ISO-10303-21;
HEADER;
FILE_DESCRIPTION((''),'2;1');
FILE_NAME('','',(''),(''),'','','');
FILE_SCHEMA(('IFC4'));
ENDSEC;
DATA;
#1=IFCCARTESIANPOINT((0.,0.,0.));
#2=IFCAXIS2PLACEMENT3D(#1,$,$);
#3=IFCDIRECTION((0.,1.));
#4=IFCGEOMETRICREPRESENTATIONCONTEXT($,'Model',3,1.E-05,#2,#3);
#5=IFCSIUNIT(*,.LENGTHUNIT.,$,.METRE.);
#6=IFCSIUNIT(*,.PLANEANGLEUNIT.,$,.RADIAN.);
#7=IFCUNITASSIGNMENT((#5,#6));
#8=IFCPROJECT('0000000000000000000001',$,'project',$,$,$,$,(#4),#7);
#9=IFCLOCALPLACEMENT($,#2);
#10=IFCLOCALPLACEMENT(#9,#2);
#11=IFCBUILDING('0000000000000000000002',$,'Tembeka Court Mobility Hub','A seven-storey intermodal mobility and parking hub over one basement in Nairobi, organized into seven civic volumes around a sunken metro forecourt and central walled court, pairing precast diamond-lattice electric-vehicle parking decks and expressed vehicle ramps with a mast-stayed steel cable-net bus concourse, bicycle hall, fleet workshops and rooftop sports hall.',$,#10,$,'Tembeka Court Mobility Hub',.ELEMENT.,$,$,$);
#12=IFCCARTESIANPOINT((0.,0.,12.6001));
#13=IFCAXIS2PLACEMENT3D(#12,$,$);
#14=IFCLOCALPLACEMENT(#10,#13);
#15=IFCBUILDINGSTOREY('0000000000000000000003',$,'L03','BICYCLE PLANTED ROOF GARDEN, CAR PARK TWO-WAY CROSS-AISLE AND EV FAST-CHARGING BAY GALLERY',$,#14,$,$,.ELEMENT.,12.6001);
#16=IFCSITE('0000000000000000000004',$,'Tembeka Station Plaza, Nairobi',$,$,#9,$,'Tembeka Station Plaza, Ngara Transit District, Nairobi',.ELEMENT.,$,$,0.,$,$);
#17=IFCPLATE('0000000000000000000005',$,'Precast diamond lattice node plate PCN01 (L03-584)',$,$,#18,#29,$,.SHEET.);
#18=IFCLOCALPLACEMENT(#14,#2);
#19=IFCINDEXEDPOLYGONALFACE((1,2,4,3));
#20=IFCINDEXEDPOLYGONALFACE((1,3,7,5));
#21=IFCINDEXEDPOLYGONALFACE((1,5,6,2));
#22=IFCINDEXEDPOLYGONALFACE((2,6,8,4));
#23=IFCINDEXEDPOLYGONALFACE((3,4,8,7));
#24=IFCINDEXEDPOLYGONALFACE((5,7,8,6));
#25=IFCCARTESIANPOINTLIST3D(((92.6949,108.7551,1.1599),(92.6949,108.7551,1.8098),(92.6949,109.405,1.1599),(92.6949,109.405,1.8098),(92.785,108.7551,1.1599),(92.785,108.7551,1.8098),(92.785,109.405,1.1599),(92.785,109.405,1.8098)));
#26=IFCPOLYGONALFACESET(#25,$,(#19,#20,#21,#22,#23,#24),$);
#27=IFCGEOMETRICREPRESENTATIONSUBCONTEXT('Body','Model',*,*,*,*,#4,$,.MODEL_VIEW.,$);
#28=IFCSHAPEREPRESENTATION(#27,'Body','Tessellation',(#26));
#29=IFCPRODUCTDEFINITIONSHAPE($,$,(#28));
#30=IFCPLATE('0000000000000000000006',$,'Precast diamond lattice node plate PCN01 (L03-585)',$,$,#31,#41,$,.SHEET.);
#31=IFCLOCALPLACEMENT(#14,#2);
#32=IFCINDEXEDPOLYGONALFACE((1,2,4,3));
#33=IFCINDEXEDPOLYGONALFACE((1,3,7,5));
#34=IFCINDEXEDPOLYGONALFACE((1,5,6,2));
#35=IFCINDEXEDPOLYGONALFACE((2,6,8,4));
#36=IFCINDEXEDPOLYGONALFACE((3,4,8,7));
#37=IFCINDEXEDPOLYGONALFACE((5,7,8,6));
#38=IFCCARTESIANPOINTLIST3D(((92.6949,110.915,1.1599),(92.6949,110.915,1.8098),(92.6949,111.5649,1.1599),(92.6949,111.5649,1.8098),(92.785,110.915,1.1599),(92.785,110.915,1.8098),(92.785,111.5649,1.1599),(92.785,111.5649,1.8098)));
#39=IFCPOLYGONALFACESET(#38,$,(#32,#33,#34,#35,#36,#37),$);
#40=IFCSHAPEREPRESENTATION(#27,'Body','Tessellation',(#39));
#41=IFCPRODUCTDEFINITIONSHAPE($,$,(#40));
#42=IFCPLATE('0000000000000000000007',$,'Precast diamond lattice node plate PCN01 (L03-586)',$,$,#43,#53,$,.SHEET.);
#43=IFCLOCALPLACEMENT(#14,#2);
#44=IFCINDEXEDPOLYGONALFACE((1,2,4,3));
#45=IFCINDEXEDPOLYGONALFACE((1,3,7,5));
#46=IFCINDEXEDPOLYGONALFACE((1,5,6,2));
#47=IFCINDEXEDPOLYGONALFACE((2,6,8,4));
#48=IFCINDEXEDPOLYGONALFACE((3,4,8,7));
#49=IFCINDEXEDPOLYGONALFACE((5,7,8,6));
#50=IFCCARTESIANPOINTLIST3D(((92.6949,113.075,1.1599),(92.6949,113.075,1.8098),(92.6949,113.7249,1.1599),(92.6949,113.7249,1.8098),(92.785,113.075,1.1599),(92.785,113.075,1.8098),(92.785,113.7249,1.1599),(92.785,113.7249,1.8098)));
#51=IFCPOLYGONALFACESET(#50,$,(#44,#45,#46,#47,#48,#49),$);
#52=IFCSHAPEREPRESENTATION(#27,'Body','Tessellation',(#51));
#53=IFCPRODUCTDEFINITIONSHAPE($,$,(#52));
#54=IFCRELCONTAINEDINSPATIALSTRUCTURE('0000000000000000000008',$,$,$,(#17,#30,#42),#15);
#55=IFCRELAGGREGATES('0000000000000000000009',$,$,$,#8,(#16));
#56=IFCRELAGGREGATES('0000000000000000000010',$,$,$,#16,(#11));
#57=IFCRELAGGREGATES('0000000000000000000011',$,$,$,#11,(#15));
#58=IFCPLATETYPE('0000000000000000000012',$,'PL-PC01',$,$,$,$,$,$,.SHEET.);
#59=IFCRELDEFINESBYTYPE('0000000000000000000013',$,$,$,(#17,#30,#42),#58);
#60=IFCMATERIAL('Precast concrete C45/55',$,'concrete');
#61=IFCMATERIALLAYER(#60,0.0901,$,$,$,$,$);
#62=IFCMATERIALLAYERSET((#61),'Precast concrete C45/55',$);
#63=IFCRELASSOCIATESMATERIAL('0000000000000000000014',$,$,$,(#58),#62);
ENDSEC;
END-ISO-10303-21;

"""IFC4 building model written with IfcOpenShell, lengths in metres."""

from ifc_helpers import new_model, si_unit, direction, frame, origin, origin_2d, place, context, subcontext, project, spatial, rectangle, extrude, material, layer, layer_set, type_object, element, save


model = new_model("IFC4")

# Units and contexts
model_context = context("Model", 3, precision=1e-05, world=origin(), true_north=direction((0.0, 1.0)))
body_context = subcontext(model_context, "Body", "Model", "MODEL_VIEW")
ifc_project = project(units=[si_unit("LENGTHUNIT", "METRE"), si_unit("PLANEANGLEUNIT", "RADIAN")], contexts=[model_context])

# Site, building, storey
site_placement = place(None, origin())
site = spatial("IfcSite", under=ifc_project, at=site_placement, Name="Tembeka Station Plaza, Nairobi", LongName="Tembeka Station Plaza, Ngara Transit District, Nairobi", CompositionType="ELEMENT", RefElevation=0.0)
building_placement = place(site_placement, origin())
building = spatial("IfcBuilding", under=site, at=building_placement, Name="Tembeka Court Mobility Hub", Description="A seven-storey intermodal mobility and parking hub over one basement in Nairobi, organized into seven civic volumes around a sunken metro forecourt and central walled court, pairing precast diamond-lattice electric-vehicle parking decks and expressed vehicle ramps with a mast-stayed steel cable-net bus concourse, bicycle hall, fleet workshops and rooftop sports hall.", LongName="Tembeka Court Mobility Hub", CompositionType="ELEMENT")
storey_placement = place(building_placement, frame((0.0, 0.0, 12.6001)))
storey = spatial("IfcBuildingStorey", under=building, at=storey_placement, Name="L03", Description="BICYCLE PLANTED ROOF GARDEN, CAR PARK TWO-WAY CROSS-AISLE AND EV FAST-CHARGING BAY GALLERY", CompositionType="ELEMENT", Elevation=12.6001)

# Shared definitions
ifc_material_1 = material(Name="Precast concrete C45/55", Category="concrete")

# Plates
ifc_layer = layer(ifc_material_1, 0.0901)
ifc_layer_set = layer_set([ifc_layer], Name="Precast concrete C45/55")
plate_type = type_object("IfcPlateType", Name="PL-PC01", PredefinedType="SHEET", material=ifc_layer_set)
for number, where, z_axis, x_axis, name in (
    (1, (92.74, 109.0801, 1.1599), (0.0, 0.0, 1.0), (1.0, 0.0, 0.0), "Precast diamond lattice node plate PCN01 (L03-584)"),
    (2, (92.74, 111.24, 1.1599), (0.0, 0.0, 1.0), (1.0, 0.0, 0.0), "Precast diamond lattice node plate PCN01 (L03-585)"),
    (3, (92.74, 113.3999, 1.1599), (0.0, 0.0, 1.0), (1.0, 0.0, 0.0), "Precast diamond lattice node plate PCN01 (L03-586)"),
):
    element("IfcPlate", number, at=place(storey_placement, frame(where, z_axis=z_axis, x_axis=x_axis)), inside=storey, type_object=plate_type, Name=name, PredefinedType="SHEET", context=body_context, shape_type="SweptSolid", body=[
        extrude(rectangle(XDim=0.0901, YDim=0.6499, at=origin_2d()), origin(), (0.0, 0.0, 1.0), 0.6499),
    ])

save(model, "model.ifc")
